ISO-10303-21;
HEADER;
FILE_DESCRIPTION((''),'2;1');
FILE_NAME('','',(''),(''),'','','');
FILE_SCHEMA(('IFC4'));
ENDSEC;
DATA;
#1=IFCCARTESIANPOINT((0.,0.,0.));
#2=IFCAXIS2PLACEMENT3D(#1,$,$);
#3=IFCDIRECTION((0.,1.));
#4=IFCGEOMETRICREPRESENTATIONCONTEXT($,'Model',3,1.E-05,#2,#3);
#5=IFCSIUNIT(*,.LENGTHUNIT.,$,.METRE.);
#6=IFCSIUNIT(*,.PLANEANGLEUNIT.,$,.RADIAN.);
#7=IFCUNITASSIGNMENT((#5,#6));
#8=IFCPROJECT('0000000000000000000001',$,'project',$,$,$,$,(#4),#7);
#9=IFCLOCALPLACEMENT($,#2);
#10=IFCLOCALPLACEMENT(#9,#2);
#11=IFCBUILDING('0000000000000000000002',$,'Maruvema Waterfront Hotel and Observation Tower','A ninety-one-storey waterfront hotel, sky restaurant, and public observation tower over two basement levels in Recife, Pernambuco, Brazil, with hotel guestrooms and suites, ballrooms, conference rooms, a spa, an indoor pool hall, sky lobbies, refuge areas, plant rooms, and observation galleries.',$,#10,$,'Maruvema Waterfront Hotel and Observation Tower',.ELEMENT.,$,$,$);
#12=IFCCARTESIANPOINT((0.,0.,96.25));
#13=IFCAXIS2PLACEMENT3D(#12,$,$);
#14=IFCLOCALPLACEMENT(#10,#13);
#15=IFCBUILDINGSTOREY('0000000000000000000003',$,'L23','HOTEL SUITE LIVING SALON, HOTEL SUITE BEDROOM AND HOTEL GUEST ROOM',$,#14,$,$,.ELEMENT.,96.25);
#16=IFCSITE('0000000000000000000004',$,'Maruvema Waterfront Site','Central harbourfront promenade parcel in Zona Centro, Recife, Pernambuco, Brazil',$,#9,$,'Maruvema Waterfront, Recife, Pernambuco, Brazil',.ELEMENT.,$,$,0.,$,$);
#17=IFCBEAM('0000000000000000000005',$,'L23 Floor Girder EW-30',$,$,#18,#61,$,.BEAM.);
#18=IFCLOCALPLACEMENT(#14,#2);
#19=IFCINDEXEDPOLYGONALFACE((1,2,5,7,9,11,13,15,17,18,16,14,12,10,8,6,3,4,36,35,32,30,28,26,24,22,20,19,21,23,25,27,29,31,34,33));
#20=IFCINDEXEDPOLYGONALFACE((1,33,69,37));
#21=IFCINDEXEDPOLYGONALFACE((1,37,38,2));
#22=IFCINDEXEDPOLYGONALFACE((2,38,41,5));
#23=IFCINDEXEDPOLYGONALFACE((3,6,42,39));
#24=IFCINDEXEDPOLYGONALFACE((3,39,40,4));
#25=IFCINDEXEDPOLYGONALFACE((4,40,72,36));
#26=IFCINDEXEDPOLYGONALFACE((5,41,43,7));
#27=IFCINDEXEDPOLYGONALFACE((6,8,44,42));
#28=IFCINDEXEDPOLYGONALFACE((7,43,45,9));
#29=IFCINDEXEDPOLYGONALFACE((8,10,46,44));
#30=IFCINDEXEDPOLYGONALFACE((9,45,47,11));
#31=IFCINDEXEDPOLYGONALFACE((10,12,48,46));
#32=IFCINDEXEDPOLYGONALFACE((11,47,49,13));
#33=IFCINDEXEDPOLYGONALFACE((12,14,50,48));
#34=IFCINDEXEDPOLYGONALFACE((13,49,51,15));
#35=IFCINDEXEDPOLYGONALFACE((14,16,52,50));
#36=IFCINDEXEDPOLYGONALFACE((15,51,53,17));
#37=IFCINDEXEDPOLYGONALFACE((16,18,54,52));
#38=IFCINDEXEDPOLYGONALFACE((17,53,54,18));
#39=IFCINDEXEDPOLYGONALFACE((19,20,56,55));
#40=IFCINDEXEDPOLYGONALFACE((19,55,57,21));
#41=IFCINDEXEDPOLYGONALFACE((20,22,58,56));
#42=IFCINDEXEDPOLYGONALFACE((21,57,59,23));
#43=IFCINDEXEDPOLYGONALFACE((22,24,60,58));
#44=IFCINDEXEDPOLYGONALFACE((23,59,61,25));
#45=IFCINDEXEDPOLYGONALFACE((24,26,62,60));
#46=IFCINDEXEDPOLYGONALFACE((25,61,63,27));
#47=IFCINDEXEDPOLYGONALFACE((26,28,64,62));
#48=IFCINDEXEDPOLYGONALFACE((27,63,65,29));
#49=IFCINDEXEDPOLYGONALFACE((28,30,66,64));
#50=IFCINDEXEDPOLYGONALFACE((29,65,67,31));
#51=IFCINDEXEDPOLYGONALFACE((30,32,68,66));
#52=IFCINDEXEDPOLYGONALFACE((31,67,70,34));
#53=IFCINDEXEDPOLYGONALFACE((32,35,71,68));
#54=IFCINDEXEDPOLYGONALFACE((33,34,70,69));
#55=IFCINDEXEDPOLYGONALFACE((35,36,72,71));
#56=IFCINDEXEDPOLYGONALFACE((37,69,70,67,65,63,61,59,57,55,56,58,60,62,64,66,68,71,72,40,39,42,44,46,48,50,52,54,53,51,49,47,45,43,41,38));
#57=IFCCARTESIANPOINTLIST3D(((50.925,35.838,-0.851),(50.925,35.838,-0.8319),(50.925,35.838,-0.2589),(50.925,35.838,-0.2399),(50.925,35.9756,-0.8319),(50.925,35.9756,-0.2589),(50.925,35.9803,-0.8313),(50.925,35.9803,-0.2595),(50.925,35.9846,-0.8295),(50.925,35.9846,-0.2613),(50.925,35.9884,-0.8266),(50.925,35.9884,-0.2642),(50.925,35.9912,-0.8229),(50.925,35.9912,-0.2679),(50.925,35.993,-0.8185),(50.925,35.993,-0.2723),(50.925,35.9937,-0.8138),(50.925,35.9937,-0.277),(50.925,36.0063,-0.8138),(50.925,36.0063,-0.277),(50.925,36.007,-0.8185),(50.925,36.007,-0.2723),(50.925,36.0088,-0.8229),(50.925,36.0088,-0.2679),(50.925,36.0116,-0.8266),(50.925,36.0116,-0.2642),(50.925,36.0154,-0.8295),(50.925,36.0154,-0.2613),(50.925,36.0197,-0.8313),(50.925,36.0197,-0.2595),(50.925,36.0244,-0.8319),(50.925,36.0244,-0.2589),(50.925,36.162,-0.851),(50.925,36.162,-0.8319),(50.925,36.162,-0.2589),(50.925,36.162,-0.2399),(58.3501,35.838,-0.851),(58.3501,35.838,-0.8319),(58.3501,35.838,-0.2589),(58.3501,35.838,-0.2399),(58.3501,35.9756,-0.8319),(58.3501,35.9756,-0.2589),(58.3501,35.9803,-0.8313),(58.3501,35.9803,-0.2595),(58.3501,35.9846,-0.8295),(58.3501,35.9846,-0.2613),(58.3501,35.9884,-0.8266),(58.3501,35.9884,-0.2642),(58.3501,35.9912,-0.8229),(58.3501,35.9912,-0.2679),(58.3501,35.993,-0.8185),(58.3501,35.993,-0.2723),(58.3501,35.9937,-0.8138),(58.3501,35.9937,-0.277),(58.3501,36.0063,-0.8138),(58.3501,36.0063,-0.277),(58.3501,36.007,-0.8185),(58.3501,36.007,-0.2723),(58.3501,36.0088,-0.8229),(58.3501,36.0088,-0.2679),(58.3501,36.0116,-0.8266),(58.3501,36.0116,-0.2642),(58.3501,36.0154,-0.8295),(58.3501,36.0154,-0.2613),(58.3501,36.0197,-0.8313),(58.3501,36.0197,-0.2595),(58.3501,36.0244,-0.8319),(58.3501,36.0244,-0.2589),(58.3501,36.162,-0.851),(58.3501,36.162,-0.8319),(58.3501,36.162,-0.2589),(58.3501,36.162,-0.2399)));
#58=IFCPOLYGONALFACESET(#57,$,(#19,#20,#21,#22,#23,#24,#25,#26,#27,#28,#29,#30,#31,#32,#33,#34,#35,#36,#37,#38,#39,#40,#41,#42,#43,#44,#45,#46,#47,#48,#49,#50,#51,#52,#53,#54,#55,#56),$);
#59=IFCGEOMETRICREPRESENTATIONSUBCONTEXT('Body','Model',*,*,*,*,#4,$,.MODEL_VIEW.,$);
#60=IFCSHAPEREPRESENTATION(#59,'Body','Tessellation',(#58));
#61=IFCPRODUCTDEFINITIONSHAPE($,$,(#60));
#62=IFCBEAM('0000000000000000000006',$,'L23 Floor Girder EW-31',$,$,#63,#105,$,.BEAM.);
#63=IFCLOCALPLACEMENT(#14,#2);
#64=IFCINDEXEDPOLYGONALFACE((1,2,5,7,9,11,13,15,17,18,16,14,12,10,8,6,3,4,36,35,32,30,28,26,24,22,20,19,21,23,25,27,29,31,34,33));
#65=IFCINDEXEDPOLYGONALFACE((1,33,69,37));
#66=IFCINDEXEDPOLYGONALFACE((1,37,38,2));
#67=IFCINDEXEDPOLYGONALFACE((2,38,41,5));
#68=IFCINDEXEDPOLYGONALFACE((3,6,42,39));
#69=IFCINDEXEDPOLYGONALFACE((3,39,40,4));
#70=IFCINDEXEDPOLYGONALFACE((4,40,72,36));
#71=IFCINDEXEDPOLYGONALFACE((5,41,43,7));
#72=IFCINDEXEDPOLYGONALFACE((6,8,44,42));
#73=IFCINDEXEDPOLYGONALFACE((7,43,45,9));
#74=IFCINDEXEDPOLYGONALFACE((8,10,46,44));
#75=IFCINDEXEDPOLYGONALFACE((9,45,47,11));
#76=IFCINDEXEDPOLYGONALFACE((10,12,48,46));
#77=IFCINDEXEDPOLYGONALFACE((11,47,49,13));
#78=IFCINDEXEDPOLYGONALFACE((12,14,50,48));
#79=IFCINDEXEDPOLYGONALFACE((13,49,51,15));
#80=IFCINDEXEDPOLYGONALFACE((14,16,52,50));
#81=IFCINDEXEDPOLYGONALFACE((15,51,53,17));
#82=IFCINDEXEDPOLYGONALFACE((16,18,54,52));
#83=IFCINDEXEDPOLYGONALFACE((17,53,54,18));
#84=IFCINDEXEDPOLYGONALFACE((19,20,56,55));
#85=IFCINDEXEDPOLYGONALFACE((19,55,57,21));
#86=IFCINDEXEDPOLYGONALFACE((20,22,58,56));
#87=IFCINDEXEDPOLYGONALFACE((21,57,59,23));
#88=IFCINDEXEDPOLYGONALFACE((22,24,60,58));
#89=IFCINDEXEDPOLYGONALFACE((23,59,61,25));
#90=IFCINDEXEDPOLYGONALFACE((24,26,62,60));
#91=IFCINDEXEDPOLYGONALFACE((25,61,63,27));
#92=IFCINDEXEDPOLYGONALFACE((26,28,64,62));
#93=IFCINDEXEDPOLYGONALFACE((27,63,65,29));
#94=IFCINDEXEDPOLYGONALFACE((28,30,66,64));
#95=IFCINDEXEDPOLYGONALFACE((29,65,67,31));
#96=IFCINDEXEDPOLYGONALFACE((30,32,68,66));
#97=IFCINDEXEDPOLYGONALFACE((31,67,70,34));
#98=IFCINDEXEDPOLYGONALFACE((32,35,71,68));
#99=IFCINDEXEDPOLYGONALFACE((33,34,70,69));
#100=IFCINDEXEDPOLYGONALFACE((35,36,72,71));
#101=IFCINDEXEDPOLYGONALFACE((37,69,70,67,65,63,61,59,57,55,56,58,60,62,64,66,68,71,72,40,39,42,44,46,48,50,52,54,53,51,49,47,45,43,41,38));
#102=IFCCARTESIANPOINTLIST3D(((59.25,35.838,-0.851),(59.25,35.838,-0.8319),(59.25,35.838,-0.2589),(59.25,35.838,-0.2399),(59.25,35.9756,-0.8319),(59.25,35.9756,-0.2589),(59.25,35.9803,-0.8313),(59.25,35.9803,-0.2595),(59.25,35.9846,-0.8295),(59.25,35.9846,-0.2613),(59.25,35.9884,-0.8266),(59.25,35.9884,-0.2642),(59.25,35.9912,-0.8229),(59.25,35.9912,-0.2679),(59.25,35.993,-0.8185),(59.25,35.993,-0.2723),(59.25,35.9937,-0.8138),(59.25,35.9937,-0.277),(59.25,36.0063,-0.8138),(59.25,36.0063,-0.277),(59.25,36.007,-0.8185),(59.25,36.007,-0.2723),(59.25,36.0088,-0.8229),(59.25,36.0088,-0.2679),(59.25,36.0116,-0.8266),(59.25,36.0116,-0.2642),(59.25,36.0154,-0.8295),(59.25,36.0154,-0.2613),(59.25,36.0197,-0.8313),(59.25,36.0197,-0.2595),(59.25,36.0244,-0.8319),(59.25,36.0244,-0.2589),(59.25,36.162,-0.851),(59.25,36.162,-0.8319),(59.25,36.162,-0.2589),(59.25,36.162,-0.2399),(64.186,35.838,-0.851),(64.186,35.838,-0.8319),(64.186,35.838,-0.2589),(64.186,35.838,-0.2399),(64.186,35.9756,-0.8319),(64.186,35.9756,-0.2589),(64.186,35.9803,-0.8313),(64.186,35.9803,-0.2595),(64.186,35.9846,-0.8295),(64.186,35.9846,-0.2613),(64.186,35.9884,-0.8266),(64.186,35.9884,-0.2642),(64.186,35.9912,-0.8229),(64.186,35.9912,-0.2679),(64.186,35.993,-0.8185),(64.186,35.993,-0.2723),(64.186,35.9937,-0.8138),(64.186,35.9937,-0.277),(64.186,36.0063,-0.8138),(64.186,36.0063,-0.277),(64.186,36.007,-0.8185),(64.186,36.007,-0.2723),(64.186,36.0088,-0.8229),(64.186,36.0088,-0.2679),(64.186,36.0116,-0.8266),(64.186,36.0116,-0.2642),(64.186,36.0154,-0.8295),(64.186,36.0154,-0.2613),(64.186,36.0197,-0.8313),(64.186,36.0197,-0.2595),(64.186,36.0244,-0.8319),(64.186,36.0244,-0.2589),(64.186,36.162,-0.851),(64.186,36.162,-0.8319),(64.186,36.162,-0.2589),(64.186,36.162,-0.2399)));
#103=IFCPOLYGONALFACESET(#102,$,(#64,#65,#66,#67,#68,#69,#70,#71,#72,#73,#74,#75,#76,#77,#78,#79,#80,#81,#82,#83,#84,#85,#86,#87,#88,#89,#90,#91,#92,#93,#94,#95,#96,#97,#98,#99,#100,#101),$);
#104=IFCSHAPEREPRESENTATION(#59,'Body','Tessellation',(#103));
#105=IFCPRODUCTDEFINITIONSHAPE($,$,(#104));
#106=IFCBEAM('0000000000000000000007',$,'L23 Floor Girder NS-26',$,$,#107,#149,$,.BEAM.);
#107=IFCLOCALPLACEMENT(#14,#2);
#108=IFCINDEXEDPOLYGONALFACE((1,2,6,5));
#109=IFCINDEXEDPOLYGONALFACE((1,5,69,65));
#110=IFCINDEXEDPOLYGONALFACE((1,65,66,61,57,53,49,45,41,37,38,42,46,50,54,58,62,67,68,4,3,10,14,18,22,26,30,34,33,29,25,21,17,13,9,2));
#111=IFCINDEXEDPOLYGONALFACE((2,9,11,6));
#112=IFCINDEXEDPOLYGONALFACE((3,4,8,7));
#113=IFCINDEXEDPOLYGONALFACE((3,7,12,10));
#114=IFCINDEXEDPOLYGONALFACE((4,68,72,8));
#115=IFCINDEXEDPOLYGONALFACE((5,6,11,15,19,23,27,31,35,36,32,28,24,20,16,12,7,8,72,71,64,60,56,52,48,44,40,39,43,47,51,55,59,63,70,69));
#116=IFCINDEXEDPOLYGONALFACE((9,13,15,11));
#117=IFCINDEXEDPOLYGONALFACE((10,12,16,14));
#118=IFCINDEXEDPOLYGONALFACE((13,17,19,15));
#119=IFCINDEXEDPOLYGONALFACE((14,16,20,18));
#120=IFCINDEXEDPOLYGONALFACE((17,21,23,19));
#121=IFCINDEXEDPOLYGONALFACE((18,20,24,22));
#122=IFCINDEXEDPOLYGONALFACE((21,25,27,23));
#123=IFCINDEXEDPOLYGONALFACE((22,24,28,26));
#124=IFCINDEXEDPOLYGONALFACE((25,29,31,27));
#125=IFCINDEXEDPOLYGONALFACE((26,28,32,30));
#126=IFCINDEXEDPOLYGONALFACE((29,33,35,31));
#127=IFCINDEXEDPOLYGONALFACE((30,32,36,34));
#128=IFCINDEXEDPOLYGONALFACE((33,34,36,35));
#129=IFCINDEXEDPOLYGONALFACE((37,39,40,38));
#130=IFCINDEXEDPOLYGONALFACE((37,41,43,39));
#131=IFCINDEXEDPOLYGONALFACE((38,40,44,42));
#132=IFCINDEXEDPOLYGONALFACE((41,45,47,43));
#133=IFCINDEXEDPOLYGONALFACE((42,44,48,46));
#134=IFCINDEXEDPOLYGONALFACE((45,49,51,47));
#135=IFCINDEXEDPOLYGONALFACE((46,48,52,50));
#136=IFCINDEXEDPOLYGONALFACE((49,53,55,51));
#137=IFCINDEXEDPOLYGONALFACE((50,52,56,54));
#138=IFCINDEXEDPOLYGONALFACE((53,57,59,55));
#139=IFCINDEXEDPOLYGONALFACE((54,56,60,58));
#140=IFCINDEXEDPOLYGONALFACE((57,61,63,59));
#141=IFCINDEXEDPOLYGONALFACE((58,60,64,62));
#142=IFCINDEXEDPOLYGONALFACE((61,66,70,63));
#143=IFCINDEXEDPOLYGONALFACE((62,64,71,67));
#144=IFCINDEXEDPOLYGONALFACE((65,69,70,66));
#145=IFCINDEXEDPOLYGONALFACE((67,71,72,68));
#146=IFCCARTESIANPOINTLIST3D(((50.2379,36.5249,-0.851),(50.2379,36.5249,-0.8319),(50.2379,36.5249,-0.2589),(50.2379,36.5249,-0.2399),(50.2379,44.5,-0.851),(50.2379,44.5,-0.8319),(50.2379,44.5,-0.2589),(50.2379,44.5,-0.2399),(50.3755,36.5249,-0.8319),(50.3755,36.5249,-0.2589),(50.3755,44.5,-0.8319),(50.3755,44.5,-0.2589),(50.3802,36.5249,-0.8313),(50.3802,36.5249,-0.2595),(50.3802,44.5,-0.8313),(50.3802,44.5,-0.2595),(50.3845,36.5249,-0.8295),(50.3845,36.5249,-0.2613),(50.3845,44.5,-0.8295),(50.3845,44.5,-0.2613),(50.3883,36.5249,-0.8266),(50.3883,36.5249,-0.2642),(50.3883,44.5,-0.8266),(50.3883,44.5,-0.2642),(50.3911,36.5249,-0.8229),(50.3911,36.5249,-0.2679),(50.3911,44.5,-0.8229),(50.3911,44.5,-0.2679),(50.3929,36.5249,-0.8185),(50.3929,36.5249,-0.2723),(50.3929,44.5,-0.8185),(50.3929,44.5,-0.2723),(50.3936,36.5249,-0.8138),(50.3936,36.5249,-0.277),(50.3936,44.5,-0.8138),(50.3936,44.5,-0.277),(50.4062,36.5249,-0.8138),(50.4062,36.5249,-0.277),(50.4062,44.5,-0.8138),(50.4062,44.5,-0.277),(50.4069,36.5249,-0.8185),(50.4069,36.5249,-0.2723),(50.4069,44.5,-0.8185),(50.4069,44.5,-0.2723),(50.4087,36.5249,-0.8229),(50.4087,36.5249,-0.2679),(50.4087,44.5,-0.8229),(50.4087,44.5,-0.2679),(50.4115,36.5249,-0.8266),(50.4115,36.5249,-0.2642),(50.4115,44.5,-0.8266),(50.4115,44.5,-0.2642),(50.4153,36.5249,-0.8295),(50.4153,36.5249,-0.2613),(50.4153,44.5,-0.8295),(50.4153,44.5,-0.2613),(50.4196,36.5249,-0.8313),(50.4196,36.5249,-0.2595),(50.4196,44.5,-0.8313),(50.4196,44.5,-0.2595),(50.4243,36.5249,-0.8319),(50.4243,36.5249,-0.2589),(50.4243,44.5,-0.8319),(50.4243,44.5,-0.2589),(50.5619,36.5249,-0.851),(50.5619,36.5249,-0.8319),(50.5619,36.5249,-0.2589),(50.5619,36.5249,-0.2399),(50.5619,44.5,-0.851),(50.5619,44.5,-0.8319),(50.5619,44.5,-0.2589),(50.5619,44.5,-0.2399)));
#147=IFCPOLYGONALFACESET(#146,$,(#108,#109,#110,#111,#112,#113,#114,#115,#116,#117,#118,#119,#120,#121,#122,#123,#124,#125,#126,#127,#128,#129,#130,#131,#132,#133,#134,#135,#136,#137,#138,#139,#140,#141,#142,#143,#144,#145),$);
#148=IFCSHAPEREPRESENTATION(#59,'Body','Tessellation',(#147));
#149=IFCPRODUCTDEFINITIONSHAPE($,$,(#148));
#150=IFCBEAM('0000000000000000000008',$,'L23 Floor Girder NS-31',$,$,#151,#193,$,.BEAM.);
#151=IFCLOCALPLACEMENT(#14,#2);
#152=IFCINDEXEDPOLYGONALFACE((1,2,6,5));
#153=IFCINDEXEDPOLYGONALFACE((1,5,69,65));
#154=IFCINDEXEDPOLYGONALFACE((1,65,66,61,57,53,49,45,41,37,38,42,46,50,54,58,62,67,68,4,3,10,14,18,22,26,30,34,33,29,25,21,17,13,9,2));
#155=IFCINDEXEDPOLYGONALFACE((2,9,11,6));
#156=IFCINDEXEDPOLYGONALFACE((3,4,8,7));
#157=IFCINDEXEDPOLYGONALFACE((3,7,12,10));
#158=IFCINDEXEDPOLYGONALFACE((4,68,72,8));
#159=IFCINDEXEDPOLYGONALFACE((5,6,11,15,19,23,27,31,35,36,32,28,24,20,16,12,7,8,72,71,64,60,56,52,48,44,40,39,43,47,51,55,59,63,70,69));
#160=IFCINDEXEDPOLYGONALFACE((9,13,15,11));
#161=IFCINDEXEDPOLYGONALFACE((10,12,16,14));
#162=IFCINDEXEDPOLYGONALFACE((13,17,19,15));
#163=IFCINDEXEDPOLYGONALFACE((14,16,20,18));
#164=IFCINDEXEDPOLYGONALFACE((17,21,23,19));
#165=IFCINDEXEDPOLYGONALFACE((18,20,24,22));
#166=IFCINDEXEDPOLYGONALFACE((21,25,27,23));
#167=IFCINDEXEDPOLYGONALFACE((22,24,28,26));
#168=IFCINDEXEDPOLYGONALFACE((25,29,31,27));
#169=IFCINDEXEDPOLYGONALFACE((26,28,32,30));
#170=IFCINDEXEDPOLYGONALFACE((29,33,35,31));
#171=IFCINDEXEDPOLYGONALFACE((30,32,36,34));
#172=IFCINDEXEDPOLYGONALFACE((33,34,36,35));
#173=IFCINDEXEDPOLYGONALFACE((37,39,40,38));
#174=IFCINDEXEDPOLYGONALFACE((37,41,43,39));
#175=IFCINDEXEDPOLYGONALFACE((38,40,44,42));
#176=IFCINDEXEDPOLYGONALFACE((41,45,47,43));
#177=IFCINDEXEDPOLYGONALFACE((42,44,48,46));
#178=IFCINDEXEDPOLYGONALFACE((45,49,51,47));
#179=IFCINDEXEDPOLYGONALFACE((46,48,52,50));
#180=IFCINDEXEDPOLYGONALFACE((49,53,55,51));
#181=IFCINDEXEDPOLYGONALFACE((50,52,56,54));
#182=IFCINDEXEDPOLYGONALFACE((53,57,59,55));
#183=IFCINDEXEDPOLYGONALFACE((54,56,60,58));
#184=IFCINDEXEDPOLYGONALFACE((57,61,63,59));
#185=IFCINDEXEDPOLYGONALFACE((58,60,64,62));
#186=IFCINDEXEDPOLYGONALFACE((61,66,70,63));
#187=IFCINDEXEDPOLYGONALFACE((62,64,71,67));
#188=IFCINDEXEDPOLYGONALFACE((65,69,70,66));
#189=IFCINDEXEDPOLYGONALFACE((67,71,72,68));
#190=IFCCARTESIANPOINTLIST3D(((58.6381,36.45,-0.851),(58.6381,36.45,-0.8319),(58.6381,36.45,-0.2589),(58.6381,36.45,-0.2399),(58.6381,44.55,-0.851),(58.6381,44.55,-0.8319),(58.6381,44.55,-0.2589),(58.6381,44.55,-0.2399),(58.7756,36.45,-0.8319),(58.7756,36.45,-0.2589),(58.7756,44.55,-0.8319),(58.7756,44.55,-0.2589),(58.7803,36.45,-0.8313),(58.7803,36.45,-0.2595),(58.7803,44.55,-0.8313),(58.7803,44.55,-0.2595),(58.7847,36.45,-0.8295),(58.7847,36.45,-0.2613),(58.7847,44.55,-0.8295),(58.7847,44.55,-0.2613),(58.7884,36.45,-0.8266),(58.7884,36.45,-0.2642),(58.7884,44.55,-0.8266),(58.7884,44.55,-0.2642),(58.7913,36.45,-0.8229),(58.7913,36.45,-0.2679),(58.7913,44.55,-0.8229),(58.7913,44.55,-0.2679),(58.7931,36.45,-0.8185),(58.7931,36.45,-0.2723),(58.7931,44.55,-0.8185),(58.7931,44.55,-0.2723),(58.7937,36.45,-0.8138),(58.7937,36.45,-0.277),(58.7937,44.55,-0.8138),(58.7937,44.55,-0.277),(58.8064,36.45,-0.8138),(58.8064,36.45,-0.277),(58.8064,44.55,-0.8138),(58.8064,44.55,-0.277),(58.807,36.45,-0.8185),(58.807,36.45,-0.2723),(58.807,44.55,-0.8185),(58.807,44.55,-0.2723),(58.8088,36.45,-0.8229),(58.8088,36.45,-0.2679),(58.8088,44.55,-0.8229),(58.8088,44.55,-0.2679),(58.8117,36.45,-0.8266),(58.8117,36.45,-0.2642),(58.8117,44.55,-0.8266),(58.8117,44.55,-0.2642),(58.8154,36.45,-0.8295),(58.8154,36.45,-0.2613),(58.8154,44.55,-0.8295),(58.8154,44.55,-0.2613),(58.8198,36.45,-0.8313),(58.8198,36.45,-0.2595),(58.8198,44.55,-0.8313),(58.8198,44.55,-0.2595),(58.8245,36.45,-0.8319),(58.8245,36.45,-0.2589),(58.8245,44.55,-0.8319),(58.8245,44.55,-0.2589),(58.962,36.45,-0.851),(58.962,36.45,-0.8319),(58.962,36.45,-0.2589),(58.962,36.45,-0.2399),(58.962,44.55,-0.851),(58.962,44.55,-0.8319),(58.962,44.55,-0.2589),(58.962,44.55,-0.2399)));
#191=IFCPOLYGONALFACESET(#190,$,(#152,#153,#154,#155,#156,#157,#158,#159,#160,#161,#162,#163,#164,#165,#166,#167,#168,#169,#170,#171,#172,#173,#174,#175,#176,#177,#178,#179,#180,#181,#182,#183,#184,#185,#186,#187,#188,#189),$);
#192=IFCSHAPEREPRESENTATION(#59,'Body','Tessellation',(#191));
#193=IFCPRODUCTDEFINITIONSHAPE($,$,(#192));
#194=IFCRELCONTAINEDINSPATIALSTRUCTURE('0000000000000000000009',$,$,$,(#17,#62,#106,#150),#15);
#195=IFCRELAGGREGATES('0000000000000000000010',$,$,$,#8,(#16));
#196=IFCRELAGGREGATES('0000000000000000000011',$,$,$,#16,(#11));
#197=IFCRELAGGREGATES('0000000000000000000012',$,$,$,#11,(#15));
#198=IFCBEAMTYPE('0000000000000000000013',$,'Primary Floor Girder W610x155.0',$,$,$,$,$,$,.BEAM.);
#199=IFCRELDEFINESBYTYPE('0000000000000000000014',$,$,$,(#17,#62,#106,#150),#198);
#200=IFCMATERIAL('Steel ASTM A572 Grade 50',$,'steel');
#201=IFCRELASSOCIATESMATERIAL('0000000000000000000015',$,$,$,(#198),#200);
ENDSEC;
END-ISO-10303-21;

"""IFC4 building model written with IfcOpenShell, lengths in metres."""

from ifc_helpers import new_model, si_unit, direction, frame, origin, origin_2d, place, context, subcontext, project, spatial, i_section, extrude, material, material_profile, profile_set, type_object, element, save


model = new_model("IFC4")

# Units and contexts
model_context = context("Model", 3, precision=1e-05, world=origin(), true_north=direction((0.0, 1.0)))
body_context = subcontext(model_context, "Body", "Model", "MODEL_VIEW")
ifc_project = project(units=[si_unit("LENGTHUNIT", "METRE"), si_unit("PLANEANGLEUNIT", "RADIAN")], contexts=[model_context])

# Site, building, storey
site_placement = place(None, origin())
site = spatial("IfcSite", under=ifc_project, at=site_placement, Name="Maruvema Waterfront Site", Description="Central harbourfront promenade parcel in Zona Centro, Recife, Pernambuco, Brazil", LongName="Maruvema Waterfront, Recife, Pernambuco, Brazil", CompositionType="ELEMENT", RefElevation=0.0)
building_placement = place(site_placement, origin())
building = spatial("IfcBuilding", under=site, at=building_placement, Name="Maruvema Waterfront Hotel and Observation Tower", Description="A ninety-one-storey waterfront hotel, sky restaurant, and public observation tower over two basement levels in Recife, Pernambuco, Brazil, with hotel guestrooms and suites, ballrooms, conference rooms, a spa, an indoor pool hall, sky lobbies, refuge areas, plant rooms, and observation galleries.", LongName="Maruvema Waterfront Hotel and Observation Tower", CompositionType="ELEMENT")
storey_placement = place(building_placement, frame((0.0, 0.0, 96.25)))
storey = spatial("IfcBuildingStorey", under=building, at=storey_placement, Name="L23", Description="HOTEL SUITE LIVING SALON, HOTEL SUITE BEDROOM AND HOTEL GUEST ROOM", CompositionType="ELEMENT", Elevation=96.25)

# Beams
ifc_material_1 = material(Name="Steel ASTM A572 Grade 50", Category="steel")
ifc_material_profile_1 = material_profile(ifc_material_1, i_section(OverallWidth=0.324, OverallDepth=0.6111, WebThickness=0.0127, FlangeThickness=0.019, FilletRadius=0.0181, at=origin_2d()), Name="W610x155.0")
ifc_profile_set_1 = profile_set([ifc_material_profile_1], Name="Steel ASTM A572 Grade 50")
beam_type_1 = type_object("IfcBeamType", Name="Primary Floor Girder W610x155.0", PredefinedType="BEAM", material=ifc_profile_set_1)
beam_1_placement = place(storey_placement, frame((50.925, 36.0, -0.5454), z_axis=(1.0, 0.0, 0.0), x_axis=(0.0, 1.0, 0.0)))
element("IfcBeam", 1, at=beam_1_placement, inside=storey, type_object=beam_type_1, Name="L23 Floor Girder EW-30", PredefinedType="BEAM", context=body_context, shape_type="SweptSolid", body=[
    extrude(i_section(OverallWidth=0.324, OverallDepth=0.6111, WebThickness=0.0127, FlangeThickness=0.019, FilletRadius=0.0181, at=origin_2d()), origin(), (0.0, 0.0, 1.0), 7.425),
])
beam_2_placement = place(storey_placement, frame((59.25, 36.0, -0.5454), z_axis=(1.0, 0.0, 0.0), x_axis=(0.0, 1.0, 0.0)))
element("IfcBeam", 2, at=beam_2_placement, inside=storey, type_object=beam_type_1, Name="L23 Floor Girder EW-31", PredefinedType="BEAM", context=body_context, shape_type="SweptSolid", body=[
    extrude(i_section(OverallWidth=0.324, OverallDepth=0.6111, WebThickness=0.0127, FlangeThickness=0.019, FilletRadius=0.0181, at=origin_2d()), origin(), (0.0, 0.0, 1.0), 4.936),
])
beam_3_placement = place(storey_placement, frame((50.3999, 36.5249, -0.5454), z_axis=(0.0, 1.0, 0.0), x_axis=(-1.0, 0.0, 0.0)))
element("IfcBeam", 3, at=beam_3_placement, inside=storey, type_object=beam_type_1, Name="L23 Floor Girder NS-26", PredefinedType="BEAM", context=body_context, shape_type="SweptSolid", body=[
    extrude(i_section(OverallWidth=0.324, OverallDepth=0.6111, WebThickness=0.0127, FlangeThickness=0.019, FilletRadius=0.0181, at=origin_2d()), origin(), (0.0, 0.0, 1.0), 7.9751),
])
beam_4_placement = place(storey_placement, frame((58.8, 36.45, -0.5454), z_axis=(0.0, 1.0, 0.0), x_axis=(-1.0, 0.0, 0.0)))
element("IfcBeam", 4, at=beam_4_placement, inside=storey, type_object=beam_type_1, Name="L23 Floor Girder NS-31", PredefinedType="BEAM", context=body_context, shape_type="SweptSolid", body=[
    extrude(i_section(OverallWidth=0.324, OverallDepth=0.6111, WebThickness=0.0127, FlangeThickness=0.019, FilletRadius=0.0181, at=origin_2d()), origin(), (0.0, 0.0, 1.0), 8.1001),
])

save(model, "model.ifc")
